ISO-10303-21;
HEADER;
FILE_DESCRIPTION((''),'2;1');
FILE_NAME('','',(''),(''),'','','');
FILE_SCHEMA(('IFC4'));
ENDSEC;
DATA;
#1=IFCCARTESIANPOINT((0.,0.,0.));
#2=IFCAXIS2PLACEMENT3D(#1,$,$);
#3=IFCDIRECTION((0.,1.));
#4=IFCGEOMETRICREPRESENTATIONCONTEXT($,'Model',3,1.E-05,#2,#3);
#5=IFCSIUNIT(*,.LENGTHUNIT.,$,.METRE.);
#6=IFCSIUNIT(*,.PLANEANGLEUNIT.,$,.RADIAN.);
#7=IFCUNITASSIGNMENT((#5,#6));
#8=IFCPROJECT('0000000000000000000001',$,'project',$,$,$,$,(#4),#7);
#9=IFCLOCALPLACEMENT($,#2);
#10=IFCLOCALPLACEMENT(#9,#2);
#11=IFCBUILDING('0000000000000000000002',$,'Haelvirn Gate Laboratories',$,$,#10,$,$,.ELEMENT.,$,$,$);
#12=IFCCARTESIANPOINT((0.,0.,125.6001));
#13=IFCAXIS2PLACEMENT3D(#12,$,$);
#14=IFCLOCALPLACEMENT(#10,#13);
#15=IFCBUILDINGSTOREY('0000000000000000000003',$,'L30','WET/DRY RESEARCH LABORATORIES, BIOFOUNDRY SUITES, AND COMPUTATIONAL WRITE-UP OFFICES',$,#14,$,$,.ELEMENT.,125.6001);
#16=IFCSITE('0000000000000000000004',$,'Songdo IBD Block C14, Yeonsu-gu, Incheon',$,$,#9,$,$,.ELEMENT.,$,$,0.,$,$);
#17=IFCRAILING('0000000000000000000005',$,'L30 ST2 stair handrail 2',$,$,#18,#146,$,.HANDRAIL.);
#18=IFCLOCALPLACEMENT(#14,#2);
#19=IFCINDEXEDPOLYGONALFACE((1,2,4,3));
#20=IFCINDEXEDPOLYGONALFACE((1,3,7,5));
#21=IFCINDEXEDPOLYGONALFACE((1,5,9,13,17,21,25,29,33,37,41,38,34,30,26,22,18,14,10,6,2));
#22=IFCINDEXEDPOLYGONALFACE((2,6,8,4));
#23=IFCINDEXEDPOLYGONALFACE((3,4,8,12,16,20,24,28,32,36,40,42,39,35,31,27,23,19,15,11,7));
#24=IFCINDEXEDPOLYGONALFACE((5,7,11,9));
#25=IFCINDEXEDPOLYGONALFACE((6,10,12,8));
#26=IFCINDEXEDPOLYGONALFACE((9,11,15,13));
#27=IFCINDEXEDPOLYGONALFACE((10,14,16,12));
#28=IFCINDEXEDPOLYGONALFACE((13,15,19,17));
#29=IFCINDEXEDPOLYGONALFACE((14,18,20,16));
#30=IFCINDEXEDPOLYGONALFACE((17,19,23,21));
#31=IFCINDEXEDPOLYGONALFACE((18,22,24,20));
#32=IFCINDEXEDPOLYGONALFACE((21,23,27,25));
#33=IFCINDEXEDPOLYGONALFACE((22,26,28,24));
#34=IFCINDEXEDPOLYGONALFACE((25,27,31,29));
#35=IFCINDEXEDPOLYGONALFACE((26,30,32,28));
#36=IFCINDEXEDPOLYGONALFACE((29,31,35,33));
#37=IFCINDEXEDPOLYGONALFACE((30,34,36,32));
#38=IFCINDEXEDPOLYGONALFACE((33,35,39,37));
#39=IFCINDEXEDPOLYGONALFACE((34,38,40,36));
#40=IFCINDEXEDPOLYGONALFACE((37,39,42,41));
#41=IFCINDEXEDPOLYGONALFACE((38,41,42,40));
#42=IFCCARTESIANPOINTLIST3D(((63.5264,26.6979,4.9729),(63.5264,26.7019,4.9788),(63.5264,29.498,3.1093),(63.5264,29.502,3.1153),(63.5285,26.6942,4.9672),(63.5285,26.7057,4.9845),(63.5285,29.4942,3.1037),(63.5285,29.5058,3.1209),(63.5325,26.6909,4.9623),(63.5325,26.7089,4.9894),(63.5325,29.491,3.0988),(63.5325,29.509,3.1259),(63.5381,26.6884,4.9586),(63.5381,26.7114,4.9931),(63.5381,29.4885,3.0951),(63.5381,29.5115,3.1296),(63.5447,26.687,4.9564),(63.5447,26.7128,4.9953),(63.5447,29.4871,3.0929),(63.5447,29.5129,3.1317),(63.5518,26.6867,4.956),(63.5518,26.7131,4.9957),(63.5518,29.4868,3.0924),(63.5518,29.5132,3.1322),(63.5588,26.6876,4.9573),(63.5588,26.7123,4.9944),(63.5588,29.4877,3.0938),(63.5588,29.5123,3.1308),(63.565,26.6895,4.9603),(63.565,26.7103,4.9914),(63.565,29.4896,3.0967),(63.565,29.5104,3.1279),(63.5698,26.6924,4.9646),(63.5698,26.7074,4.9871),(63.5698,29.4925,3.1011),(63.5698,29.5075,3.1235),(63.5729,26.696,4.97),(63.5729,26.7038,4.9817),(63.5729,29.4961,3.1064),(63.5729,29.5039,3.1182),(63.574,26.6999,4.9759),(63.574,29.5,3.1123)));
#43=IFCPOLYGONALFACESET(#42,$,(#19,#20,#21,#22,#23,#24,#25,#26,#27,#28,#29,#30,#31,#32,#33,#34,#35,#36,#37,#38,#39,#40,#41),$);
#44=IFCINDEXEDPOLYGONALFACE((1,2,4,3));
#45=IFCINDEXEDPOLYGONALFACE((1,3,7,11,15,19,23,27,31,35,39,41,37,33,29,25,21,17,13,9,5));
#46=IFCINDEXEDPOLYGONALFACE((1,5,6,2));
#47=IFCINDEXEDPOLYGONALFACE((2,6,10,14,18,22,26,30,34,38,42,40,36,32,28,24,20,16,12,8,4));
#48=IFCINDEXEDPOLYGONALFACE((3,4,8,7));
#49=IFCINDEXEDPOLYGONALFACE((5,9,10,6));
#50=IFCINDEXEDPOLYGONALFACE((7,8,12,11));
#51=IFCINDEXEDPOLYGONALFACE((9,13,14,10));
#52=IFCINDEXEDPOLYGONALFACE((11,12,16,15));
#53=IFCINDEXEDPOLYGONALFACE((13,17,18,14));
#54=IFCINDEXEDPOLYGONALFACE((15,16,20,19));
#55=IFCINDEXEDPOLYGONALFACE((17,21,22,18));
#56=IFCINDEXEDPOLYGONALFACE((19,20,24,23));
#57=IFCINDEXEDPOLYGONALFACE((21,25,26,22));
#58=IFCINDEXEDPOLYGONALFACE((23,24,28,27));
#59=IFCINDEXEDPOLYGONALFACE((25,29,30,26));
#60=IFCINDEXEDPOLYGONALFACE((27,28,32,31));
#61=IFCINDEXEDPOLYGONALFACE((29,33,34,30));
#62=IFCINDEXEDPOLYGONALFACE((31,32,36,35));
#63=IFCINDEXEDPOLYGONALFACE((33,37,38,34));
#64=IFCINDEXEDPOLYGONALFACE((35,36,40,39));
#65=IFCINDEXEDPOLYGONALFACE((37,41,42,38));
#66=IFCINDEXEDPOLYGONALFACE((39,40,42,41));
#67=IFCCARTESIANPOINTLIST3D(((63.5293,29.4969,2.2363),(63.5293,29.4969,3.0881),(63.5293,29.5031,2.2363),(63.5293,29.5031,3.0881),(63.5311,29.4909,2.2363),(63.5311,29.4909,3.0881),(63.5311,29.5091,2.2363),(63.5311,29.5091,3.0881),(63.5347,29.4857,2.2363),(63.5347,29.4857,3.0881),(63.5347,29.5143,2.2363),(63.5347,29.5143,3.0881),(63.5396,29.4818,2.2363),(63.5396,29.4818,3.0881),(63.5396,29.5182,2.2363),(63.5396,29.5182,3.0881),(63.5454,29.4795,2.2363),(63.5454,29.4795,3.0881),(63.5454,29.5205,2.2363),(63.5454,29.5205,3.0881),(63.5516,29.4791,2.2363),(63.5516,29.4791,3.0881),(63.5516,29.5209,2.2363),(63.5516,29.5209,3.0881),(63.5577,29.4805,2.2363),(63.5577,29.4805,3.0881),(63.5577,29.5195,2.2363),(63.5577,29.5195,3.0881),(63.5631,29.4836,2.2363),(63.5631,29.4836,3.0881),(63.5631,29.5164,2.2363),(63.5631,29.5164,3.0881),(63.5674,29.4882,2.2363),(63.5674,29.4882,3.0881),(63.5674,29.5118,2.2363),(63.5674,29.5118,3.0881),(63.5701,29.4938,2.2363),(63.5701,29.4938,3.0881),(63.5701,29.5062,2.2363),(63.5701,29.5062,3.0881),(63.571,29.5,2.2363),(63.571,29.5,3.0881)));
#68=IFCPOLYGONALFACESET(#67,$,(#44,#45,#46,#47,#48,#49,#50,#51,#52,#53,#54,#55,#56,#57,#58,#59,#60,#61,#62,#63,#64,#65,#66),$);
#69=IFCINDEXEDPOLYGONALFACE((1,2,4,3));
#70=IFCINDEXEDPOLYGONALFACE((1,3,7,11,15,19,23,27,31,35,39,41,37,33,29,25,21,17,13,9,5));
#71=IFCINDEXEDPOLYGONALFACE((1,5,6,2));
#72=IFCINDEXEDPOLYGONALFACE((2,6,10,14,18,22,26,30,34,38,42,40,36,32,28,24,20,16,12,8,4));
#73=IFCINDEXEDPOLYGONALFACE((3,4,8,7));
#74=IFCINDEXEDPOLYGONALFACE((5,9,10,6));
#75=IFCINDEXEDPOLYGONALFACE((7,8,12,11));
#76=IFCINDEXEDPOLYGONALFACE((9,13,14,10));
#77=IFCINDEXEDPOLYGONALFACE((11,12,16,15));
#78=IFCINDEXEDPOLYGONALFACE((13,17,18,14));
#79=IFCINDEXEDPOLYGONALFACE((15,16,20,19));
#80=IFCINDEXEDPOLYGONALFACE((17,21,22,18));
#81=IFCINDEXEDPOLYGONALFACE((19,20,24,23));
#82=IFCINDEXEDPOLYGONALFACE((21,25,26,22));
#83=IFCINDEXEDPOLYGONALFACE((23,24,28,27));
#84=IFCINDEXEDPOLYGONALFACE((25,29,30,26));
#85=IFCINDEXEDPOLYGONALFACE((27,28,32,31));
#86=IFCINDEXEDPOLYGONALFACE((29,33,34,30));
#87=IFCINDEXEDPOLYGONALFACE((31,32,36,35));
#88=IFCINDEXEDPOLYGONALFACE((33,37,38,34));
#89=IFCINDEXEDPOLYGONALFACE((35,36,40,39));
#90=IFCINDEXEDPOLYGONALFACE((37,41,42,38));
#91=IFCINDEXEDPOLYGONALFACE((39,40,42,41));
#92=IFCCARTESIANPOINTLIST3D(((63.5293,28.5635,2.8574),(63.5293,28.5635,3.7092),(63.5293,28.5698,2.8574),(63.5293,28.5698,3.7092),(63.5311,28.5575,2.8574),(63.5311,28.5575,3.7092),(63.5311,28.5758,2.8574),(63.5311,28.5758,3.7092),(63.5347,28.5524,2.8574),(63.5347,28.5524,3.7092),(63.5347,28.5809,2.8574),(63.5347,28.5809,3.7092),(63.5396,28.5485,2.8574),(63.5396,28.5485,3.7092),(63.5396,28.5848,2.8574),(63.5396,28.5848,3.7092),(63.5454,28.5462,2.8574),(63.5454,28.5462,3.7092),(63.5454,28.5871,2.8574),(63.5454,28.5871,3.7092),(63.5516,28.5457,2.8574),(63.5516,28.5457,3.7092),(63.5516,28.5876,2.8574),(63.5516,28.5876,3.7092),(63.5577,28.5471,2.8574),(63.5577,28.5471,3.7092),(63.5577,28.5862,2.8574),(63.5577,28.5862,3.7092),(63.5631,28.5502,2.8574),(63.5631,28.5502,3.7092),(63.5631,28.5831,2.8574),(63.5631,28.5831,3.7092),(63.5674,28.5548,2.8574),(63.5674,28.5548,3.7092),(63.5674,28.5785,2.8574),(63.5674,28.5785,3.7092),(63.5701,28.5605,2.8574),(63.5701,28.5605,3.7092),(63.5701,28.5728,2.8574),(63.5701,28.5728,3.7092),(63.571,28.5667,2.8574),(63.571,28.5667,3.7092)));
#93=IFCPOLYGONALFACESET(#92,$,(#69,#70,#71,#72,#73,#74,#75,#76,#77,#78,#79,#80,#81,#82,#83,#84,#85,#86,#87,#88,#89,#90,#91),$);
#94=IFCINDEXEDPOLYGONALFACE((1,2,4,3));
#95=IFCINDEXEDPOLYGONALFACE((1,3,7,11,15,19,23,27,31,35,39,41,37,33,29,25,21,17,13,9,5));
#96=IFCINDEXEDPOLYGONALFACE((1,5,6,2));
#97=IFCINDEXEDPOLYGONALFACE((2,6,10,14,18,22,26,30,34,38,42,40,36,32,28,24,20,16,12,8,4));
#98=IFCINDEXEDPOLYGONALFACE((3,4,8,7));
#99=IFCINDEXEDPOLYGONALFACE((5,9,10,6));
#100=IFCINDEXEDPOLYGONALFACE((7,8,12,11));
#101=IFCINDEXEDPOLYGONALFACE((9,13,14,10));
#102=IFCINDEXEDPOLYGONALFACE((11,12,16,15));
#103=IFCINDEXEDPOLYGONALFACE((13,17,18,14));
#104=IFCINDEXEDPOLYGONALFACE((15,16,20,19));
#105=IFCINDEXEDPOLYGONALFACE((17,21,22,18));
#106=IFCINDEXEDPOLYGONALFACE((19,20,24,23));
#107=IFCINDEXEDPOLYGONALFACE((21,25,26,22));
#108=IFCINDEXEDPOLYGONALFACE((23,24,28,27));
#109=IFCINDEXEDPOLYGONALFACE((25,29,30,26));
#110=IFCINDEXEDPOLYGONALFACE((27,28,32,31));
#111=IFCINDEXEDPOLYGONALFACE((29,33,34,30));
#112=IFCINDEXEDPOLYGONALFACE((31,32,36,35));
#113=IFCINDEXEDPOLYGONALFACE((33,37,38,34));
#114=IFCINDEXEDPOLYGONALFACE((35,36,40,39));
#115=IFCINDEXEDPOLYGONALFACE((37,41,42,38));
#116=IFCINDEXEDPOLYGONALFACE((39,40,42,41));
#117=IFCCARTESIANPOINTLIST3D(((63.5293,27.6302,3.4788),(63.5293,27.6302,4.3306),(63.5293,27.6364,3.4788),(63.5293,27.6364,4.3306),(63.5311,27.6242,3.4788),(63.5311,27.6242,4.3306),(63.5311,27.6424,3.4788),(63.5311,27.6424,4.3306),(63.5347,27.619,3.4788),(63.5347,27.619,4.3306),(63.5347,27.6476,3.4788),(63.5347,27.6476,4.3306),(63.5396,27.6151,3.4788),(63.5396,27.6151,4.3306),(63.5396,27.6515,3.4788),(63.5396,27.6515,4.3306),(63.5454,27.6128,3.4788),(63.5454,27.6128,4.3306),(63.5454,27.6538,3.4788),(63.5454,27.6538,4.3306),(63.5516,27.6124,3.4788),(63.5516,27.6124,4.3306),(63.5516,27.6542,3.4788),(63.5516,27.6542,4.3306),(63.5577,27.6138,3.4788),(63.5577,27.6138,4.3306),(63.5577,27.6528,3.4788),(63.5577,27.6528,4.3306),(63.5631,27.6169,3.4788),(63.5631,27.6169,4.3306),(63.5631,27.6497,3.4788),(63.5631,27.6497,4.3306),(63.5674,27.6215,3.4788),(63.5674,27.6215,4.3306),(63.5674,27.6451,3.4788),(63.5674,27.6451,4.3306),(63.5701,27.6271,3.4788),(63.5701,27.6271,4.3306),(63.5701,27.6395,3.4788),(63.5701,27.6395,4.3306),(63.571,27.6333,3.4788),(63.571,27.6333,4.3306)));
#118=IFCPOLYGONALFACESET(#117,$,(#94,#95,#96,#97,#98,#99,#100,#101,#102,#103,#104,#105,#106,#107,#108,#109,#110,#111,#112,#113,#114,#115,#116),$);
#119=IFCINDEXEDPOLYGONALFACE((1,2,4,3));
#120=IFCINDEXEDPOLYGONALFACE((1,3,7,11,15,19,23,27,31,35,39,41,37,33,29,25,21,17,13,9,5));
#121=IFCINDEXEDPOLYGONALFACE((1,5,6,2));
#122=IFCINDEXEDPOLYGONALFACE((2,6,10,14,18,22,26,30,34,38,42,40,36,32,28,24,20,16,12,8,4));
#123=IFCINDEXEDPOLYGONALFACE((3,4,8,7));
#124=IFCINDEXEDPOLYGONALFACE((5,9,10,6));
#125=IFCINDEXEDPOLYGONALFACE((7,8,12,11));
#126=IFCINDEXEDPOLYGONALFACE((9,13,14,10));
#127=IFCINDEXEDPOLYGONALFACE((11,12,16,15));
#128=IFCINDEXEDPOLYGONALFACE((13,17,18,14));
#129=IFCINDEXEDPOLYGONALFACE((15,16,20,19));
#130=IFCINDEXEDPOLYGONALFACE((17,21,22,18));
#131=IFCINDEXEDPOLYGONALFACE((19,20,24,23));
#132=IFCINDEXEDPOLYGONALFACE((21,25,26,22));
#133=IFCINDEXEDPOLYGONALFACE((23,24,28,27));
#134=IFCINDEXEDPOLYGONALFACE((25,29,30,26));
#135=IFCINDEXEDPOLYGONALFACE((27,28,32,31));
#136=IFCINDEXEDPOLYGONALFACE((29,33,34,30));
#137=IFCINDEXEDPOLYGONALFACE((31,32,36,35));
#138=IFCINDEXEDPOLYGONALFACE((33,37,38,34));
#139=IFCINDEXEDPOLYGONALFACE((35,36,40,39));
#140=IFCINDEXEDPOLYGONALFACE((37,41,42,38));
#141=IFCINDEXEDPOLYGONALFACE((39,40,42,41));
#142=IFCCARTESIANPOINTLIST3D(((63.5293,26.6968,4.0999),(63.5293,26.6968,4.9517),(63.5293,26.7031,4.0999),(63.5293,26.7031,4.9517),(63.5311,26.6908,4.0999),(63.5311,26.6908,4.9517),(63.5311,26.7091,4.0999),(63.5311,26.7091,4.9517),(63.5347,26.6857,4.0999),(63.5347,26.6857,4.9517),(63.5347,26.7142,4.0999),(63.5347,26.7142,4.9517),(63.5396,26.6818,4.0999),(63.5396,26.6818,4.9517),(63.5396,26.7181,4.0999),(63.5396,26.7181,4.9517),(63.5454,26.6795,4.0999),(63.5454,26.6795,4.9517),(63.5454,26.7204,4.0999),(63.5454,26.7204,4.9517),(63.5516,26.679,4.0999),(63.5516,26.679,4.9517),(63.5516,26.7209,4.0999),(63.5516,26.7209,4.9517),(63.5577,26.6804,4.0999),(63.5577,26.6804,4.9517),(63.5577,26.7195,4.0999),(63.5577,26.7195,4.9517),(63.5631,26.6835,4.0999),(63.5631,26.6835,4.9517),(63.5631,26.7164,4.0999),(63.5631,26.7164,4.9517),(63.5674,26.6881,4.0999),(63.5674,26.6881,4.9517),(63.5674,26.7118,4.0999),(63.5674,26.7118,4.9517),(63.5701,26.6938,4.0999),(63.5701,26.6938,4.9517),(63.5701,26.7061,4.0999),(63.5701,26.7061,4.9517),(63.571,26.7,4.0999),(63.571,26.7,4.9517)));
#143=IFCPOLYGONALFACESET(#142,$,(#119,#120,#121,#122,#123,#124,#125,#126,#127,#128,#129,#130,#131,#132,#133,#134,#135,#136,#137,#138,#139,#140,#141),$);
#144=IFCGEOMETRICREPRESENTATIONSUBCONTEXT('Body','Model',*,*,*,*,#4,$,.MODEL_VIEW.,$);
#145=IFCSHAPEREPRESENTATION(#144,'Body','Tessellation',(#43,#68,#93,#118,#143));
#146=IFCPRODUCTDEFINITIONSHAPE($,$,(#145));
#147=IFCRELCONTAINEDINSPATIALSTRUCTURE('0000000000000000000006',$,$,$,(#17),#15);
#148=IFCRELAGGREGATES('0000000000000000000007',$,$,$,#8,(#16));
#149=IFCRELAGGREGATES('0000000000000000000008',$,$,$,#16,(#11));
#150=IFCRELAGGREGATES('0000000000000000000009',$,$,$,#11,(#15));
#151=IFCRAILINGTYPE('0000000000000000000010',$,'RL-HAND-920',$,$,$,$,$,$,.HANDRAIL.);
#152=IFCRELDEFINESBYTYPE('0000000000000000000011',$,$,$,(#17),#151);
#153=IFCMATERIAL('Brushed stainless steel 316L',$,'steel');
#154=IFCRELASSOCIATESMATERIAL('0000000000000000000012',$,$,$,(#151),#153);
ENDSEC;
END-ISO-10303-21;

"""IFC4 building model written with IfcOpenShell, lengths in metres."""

from ifc_helpers import new_model, si_unit, direction, frame, origin, origin_2d, place, context, subcontext, project, spatial, circle, extrude, source, transform, mapped, material, type_object, element, save


model = new_model("IFC4")

# Units and contexts
model_context = context("Model", 3, precision=1e-05, world=origin(), true_north=direction((0.0, 1.0)))
body_context = subcontext(model_context, "Body", "Model", "MODEL_VIEW")
ifc_project = project(units=[si_unit("LENGTHUNIT", "METRE"), si_unit("PLANEANGLEUNIT", "RADIAN")], contexts=[model_context])

# Site, building, storey
site_placement = place(None, origin())
site = spatial("IfcSite", under=ifc_project, at=site_placement, Name="Songdo IBD Block C14, Yeonsu-gu, Incheon", CompositionType="ELEMENT", RefElevation=0.0)
building_placement = place(site_placement, origin())
building = spatial("IfcBuilding", under=site, at=building_placement, Name="Haelvirn Gate Laboratories", CompositionType="ELEMENT")
storey_placement = place(building_placement, frame((0.0, 0.0, 125.6001)))
storey = spatial("IfcBuildingStorey", under=building, at=storey_placement, Name="L30", Description="WET/DRY RESEARCH LABORATORIES, BIOFOUNDRY SUITES, AND COMPUTATIONAL WRITE-UP OFFICES", CompositionType="ELEMENT", Elevation=125.6001)

# Railing
ifc_material_1 = material(Name="Brushed stainless steel 316L", Category="steel")
railing_type_1 = type_object("IfcRailingType", Name="RL-HAND-920", PredefinedType="HANDRAIL", material=ifc_material_1)
shared_shape_1 = source(origin(), body_context, "Body", "SweptSolid", [
    extrude(circle(Radius=0.0239, at=origin_2d()), frame((0.0, 0.0, 0.876), z_axis=(0.0, -0.832486, 0.554047), x_axis=(1.0, 0.0, 0.0)), (0.0, 0.0, 1.0), 3.3635),
    extrude(circle(Radius=0.021, at=origin_2d()), origin(), (0.0, 0.0, 1.0), 0.8518),
    extrude(circle(Radius=0.021, at=origin_2d()), frame((0.0, -0.9333, 0.6211)), (0.0, 0.0, 1.0), 0.8518),
    extrude(circle(Radius=0.021, at=origin_2d()), frame((0.0, -1.8667, 1.2424)), (0.0, 0.0, 1.0), 0.8518),
    extrude(circle(Radius=0.021, at=origin_2d()), frame((0.0, -2.8, 1.8635)), (0.0, 0.0, 1.0), 0.8518),
])
railing_1_placement = place(storey_placement, frame((63.55, 29.5, 2.2363)))
element("IfcRailing", 1, at=railing_1_placement, inside=storey, type_object=railing_type_1, Name="L30 ST2 stair handrail 2", PredefinedType="HANDRAIL", context=body_context, shape_type="MappedRepresentation", body=[
    mapped(shared_shape_1, transform((0.0, 0.0, 0.0), scale=1.0)),
])

save(model, "model.ifc")
